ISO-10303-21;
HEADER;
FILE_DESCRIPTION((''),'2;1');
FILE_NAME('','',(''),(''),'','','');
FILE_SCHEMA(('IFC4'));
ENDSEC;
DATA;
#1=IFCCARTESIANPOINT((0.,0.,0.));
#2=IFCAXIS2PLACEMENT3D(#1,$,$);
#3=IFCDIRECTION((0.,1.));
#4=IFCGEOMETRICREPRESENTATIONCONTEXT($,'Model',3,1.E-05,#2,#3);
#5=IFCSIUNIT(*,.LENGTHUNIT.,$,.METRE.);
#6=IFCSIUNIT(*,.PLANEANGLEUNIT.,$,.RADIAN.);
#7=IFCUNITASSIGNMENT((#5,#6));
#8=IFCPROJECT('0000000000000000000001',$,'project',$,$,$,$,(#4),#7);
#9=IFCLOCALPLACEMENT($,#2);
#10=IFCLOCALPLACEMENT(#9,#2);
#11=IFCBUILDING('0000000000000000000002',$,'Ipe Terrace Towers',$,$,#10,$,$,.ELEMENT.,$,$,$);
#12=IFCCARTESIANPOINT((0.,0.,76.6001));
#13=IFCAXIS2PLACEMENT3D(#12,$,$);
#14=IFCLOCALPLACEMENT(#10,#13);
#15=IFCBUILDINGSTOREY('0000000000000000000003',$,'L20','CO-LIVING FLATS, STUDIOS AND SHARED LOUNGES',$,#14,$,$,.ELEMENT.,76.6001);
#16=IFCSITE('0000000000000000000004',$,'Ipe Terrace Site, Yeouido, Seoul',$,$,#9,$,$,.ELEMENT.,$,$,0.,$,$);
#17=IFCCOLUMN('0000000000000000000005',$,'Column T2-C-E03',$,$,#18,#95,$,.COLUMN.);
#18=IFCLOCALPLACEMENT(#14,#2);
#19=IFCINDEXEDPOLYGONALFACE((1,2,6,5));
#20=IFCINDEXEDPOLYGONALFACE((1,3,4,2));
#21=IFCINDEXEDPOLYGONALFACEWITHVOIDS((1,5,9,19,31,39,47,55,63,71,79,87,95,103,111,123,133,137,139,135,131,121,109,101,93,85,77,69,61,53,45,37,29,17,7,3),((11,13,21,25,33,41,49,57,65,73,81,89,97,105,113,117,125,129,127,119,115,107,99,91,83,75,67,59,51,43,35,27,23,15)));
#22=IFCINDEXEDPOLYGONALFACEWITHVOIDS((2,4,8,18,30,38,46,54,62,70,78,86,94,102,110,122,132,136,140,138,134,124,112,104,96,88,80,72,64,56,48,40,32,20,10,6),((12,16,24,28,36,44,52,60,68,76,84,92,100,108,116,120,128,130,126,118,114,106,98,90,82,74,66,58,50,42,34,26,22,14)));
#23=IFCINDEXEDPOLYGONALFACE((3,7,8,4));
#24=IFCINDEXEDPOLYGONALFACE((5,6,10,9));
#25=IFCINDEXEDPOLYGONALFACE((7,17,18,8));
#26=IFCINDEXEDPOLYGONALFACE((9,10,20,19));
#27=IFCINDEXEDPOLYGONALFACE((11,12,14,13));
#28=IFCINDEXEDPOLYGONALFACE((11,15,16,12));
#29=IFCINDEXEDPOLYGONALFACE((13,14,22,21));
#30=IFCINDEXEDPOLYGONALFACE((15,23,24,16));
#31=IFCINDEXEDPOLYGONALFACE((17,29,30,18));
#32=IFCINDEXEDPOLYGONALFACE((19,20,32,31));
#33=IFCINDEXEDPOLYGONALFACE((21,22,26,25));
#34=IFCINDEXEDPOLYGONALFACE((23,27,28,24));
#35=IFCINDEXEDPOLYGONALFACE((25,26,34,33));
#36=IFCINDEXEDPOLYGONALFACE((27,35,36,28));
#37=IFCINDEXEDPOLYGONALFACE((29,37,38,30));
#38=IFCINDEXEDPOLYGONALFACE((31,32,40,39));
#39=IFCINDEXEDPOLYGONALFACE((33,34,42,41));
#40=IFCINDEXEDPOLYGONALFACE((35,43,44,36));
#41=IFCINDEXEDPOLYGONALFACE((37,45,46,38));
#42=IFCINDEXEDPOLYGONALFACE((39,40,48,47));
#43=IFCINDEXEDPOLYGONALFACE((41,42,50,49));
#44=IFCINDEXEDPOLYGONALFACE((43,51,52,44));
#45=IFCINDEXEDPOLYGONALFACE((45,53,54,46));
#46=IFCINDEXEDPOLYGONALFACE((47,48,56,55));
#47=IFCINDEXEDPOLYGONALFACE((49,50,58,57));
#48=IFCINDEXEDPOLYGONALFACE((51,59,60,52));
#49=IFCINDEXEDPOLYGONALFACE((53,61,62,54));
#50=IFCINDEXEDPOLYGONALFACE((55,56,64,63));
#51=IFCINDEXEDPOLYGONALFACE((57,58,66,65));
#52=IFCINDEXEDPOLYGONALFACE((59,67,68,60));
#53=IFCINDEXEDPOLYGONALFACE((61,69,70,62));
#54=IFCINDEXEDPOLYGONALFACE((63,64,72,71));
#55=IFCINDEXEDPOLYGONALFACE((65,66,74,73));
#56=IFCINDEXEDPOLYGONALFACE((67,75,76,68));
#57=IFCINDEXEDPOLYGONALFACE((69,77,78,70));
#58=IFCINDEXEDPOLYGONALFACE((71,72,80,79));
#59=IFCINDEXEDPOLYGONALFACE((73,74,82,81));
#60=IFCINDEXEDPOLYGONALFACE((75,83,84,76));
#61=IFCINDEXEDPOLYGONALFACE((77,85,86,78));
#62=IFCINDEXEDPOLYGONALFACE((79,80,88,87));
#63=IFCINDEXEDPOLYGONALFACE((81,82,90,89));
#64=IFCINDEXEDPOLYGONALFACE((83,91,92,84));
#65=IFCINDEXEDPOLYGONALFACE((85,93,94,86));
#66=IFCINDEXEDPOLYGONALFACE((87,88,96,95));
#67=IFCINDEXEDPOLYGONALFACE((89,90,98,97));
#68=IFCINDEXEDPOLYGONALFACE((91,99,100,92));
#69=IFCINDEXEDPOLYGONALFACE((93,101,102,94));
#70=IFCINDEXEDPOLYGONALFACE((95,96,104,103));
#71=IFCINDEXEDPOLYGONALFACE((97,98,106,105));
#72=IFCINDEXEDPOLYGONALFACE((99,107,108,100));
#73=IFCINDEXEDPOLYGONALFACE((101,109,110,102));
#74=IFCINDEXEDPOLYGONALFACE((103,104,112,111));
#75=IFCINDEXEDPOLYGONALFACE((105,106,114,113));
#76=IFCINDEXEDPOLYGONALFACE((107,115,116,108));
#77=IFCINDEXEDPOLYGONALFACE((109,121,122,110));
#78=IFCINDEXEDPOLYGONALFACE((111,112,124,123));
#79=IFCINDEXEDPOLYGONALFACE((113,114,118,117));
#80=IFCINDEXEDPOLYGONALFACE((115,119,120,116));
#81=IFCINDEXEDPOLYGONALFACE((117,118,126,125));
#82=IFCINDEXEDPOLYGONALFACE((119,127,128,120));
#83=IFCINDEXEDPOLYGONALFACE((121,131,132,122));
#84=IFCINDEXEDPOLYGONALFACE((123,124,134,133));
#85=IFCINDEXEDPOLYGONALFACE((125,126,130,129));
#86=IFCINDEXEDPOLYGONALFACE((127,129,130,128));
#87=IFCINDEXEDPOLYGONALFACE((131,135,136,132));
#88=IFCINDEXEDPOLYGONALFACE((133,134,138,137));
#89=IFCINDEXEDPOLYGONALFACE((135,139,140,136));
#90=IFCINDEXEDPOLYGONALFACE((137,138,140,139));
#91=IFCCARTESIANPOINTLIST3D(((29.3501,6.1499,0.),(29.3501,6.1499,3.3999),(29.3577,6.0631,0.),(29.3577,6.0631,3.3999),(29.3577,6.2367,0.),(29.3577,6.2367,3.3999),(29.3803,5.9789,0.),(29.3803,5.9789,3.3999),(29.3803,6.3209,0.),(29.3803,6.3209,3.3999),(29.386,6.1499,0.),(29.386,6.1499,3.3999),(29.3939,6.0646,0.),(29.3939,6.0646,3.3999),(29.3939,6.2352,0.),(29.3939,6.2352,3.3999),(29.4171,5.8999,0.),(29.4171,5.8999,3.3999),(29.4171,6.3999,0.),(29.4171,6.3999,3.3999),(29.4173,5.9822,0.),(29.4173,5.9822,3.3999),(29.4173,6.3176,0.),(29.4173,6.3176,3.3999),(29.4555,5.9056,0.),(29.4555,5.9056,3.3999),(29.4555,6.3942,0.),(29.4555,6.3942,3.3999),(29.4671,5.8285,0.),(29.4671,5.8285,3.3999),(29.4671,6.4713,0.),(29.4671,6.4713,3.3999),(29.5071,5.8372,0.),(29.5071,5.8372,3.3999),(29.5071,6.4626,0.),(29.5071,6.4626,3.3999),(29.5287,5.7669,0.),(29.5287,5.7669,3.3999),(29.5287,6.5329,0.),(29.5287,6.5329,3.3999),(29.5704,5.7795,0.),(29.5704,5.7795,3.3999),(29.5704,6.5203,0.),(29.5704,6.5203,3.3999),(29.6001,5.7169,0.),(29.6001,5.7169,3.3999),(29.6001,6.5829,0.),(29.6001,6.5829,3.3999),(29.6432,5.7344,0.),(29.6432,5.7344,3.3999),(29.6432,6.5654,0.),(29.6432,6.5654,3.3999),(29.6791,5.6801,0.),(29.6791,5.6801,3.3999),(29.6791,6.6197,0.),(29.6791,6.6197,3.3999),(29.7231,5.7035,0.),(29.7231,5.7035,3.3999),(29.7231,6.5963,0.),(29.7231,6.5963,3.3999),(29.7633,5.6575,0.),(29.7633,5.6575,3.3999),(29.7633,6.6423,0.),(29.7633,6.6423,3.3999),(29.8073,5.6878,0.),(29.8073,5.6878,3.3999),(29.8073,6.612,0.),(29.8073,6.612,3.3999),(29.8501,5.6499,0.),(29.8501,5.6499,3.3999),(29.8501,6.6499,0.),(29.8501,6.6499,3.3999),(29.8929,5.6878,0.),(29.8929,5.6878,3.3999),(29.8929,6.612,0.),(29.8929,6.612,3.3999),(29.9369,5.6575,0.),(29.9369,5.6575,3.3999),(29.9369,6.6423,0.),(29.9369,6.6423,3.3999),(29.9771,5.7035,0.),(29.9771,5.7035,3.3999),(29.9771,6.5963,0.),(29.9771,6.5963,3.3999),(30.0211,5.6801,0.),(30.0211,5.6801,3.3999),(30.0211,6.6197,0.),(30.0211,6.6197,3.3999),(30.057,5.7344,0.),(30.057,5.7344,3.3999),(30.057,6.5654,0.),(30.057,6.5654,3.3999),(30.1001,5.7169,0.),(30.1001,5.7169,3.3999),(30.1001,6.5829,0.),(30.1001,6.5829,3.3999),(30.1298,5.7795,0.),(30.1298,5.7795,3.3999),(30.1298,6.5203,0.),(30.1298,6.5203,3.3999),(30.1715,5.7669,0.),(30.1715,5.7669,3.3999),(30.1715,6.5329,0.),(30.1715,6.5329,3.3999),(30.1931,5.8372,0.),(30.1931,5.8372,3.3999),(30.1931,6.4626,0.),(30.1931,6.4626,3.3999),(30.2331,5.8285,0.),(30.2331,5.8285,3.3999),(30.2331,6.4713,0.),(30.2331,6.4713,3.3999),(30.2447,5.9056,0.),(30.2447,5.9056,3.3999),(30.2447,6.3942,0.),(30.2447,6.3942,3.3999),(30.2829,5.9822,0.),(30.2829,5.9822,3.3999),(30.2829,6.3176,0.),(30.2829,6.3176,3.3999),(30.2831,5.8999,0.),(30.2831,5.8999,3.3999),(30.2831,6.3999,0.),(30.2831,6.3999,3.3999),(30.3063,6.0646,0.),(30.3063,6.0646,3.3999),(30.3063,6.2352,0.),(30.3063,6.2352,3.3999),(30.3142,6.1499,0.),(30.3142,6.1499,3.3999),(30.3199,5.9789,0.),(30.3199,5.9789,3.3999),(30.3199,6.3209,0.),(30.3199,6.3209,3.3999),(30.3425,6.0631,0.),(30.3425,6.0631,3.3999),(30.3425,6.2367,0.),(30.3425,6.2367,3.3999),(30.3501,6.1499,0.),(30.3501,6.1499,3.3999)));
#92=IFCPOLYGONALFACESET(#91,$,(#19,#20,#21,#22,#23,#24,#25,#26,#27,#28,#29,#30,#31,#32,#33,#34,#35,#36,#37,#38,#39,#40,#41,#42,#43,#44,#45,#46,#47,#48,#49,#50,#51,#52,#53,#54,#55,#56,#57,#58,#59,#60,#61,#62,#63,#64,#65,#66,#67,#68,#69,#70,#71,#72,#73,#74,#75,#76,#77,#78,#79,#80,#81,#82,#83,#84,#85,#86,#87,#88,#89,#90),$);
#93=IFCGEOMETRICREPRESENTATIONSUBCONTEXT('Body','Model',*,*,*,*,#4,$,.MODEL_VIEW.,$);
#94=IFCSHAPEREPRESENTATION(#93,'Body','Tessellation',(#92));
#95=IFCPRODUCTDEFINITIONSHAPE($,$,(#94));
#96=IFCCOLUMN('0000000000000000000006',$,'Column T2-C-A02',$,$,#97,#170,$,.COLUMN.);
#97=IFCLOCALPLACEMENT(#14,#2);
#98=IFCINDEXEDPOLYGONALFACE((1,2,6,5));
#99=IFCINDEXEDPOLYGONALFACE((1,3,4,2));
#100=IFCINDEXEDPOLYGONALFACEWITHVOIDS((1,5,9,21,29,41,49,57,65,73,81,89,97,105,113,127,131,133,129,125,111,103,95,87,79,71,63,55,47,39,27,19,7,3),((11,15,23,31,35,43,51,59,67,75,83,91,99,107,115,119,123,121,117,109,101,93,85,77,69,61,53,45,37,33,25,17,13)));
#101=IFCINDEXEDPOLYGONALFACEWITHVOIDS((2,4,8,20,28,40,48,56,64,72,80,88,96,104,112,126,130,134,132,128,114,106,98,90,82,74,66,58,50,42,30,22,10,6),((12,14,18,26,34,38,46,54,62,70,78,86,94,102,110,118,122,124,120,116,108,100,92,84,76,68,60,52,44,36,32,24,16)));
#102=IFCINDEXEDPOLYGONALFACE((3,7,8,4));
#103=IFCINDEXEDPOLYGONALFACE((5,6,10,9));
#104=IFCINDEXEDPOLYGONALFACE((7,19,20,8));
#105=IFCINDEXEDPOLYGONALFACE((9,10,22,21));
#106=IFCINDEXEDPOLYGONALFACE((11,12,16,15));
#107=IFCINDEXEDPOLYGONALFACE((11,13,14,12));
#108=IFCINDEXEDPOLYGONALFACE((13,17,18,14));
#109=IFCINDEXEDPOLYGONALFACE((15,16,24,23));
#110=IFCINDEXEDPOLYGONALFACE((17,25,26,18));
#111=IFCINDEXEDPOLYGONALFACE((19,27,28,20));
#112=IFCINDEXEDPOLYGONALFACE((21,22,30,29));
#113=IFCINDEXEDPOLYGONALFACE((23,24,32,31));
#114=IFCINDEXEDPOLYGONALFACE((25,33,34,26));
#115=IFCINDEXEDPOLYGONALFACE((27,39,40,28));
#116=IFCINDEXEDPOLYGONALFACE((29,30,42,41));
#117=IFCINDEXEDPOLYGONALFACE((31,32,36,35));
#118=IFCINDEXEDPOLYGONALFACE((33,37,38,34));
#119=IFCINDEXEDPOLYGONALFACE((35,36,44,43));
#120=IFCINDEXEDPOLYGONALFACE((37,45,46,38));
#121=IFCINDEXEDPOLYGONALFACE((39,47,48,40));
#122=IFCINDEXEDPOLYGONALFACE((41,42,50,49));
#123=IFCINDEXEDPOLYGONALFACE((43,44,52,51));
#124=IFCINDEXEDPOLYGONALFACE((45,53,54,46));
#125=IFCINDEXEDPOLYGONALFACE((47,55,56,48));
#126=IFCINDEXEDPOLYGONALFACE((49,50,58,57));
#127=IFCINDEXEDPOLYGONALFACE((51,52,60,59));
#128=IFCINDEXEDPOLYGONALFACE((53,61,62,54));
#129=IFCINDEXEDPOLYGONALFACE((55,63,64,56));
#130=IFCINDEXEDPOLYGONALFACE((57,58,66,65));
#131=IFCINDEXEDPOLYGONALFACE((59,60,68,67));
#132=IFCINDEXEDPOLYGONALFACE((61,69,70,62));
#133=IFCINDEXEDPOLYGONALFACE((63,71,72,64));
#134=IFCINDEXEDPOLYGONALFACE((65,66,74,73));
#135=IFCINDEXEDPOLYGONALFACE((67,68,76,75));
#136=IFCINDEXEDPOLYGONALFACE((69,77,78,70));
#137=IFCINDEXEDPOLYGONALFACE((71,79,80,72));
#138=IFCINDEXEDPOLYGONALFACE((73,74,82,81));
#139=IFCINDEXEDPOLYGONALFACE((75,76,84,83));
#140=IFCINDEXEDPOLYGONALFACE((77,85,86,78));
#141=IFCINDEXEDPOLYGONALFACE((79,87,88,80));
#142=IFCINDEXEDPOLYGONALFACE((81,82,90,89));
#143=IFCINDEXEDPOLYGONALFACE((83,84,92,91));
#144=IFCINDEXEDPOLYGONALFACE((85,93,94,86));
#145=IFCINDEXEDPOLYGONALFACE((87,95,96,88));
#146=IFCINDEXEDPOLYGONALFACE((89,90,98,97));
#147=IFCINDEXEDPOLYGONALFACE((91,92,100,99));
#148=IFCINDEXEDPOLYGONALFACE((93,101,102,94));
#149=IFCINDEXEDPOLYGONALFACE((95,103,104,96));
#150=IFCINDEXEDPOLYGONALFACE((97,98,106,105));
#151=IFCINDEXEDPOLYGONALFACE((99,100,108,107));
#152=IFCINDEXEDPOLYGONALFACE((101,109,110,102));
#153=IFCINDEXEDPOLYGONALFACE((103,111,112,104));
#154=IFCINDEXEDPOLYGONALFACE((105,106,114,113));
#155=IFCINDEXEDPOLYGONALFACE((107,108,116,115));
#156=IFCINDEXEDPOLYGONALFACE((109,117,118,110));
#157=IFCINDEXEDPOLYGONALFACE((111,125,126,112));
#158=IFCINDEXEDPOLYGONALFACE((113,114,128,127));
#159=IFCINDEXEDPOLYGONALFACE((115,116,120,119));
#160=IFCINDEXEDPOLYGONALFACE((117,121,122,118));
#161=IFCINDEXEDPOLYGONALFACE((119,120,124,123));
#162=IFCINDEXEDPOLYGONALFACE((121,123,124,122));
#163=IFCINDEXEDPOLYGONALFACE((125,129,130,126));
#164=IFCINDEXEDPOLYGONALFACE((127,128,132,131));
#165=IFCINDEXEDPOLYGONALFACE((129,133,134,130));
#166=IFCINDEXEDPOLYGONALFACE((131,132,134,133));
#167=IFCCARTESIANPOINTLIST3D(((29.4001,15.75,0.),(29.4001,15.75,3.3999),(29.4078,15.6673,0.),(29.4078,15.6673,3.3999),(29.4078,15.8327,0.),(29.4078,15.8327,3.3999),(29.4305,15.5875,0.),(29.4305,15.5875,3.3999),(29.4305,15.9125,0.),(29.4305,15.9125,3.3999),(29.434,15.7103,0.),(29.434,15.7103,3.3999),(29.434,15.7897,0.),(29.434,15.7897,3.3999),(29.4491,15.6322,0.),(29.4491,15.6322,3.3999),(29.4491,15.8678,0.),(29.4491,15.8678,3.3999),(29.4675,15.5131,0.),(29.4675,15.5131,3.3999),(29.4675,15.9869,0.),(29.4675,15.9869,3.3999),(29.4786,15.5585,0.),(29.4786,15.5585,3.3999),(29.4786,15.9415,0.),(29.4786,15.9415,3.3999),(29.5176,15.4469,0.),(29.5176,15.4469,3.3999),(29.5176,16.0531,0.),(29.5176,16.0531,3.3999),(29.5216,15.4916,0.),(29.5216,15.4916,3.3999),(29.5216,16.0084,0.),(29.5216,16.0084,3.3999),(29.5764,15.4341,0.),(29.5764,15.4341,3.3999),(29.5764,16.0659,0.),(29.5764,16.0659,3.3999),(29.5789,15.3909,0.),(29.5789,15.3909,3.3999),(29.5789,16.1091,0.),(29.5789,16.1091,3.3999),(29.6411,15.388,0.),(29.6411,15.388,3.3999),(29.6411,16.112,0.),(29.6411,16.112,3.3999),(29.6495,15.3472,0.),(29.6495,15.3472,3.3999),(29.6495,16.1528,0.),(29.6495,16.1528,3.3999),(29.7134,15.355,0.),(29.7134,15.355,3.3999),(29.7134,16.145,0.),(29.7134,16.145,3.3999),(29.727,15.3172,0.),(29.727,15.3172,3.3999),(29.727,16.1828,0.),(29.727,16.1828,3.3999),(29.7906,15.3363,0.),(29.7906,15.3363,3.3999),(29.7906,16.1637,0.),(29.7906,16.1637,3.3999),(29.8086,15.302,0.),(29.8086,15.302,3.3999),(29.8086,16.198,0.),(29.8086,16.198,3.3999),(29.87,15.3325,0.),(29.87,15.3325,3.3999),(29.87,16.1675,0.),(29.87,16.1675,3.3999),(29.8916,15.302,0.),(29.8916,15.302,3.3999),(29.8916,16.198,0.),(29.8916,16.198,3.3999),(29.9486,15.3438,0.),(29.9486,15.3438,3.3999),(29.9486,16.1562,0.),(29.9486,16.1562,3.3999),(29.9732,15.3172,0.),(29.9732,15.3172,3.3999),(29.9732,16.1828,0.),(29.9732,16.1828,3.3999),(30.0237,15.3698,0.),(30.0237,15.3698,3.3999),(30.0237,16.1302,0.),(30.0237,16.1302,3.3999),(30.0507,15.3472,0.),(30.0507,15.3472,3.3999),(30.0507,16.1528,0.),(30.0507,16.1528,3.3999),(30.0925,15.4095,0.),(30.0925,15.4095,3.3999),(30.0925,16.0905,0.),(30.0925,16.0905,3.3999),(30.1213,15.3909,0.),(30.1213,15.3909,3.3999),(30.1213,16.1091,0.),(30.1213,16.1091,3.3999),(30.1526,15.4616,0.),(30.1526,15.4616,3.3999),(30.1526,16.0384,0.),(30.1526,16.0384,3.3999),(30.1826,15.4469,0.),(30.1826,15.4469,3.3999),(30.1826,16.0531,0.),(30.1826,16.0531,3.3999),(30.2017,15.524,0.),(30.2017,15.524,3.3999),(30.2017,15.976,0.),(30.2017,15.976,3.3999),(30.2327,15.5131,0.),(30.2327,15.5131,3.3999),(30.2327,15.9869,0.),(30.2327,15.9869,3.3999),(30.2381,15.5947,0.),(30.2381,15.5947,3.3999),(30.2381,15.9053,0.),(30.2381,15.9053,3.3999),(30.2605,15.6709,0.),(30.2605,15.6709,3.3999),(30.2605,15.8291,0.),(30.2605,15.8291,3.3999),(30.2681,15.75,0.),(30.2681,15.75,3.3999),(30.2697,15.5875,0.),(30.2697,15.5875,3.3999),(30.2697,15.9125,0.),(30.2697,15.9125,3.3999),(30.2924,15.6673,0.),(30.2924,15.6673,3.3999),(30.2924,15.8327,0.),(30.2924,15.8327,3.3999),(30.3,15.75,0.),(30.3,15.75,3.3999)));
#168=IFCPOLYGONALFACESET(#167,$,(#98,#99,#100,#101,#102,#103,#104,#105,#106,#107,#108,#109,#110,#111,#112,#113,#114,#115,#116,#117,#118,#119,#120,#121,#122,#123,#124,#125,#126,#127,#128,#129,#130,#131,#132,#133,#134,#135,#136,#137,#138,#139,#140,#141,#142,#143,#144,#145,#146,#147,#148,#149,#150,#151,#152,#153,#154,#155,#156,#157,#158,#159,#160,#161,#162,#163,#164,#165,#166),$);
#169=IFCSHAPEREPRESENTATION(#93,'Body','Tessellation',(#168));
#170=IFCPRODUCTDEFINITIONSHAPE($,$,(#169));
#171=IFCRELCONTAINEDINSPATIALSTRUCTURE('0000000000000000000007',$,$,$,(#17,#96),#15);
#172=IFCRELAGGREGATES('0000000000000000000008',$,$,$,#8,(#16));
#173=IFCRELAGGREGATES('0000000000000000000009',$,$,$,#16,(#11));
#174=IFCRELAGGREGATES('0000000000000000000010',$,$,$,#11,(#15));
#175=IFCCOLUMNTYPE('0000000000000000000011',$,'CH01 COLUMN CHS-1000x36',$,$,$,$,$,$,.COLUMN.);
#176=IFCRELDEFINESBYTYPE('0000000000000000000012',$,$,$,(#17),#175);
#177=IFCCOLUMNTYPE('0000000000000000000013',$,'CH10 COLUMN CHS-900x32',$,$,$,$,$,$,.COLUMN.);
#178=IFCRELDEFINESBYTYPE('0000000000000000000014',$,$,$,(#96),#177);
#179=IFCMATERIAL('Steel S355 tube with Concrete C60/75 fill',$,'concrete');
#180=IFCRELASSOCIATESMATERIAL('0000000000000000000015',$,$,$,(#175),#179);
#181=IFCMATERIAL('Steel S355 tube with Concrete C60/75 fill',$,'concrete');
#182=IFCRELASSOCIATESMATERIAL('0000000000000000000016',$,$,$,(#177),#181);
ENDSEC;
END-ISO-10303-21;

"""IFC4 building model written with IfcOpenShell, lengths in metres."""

from ifc_helpers import new_model, si_unit, direction, frame, origin, origin_2d, place, context, subcontext, project, spatial, hollow_circle, extrude, material, material_profile, profile_set, type_object, element, save


model = new_model("IFC4")

# Units and contexts
model_context = context("Model", 3, precision=1e-05, world=origin(), true_north=direction((0.0, 1.0)))
body_context = subcontext(model_context, "Body", "Model", "MODEL_VIEW")
ifc_project = project(units=[si_unit("LENGTHUNIT", "METRE"), si_unit("PLANEANGLEUNIT", "RADIAN")], contexts=[model_context])

# Site, building, storey
site_placement = place(None, origin())
site = spatial("IfcSite", under=ifc_project, at=site_placement, Name="Ipe Terrace Site, Yeouido, Seoul", CompositionType="ELEMENT", RefElevation=0.0)
building_placement = place(site_placement, origin())
building = spatial("IfcBuilding", under=site, at=building_placement, Name="Ipe Terrace Towers", CompositionType="ELEMENT")
storey_placement = place(building_placement, frame((0.0, 0.0, 76.6001)))
storey = spatial("IfcBuildingStorey", under=building, at=storey_placement, Name="L20", Description="CO-LIVING FLATS, STUDIOS AND SHARED LOUNGES", CompositionType="ELEMENT", Elevation=76.6001)

# Columns
ifc_material_1 = material(Name="Steel S355 tube with Concrete C60/75 fill", Category="concrete")
ifc_material_profile_1 = material_profile(ifc_material_1, hollow_circle(Radius=0.5, WallThickness=0.0359, at=origin_2d()), Name="CHS-1000x36")
ifc_profile_set_1 = profile_set([ifc_material_profile_1], Name="Steel S355 tube with Concrete C60/75 fill")
column_type_1 = type_object("IfcColumnType", Name="CH01 COLUMN CHS-1000x36", PredefinedType="COLUMN", material=ifc_profile_set_1)
column_placement = place(storey_placement, frame((29.8501, 6.1499, 0.0), z_axis=(0.0, 0.0, 1.0), x_axis=(1.0, 0.0, 0.0)))
element("IfcColumn", 1, at=column_placement, inside=storey, type_object=column_type_1, Name="Column T2-C-E03", PredefinedType="COLUMN", context=body_context, shape_type="SweptSolid", body=[
    extrude(hollow_circle(Radius=0.5, WallThickness=0.0359, at=origin_2d()), origin(), (0.0, 0.0, 1.0), 3.3999),
])
ifc_material_2 = material(Name="Steel S355 tube with Concrete C60/75 fill", Category="concrete")
ifc_material_profile_2 = material_profile(ifc_material_2, hollow_circle(Radius=0.45, WallThickness=0.032, at=origin_2d()), Name="CHS-900x32")
ifc_profile_set_2 = profile_set([ifc_material_profile_2], Name="Steel S355 tube with Concrete C60/75 fill")
column_type_2 = type_object("IfcColumnType", Name="CH10 COLUMN CHS-900x32", PredefinedType="COLUMN", material=ifc_profile_set_2)
for number, where, z_axis, x_axis, name in (
    (2, (29.8501, 15.75, 0.0), (0.0, 0.0, 1.0), (1.0, 0.0, 0.0), "Column T2-C-A02"),
):
    element("IfcColumn", number, at=place(storey_placement, frame(where, z_axis=z_axis, x_axis=x_axis)), inside=storey, type_object=column_type_2, Name=name, PredefinedType="COLUMN", context=body_context, shape_type="SweptSolid", body=[
        extrude(hollow_circle(Radius=0.45, WallThickness=0.032, at=origin_2d()), origin(), (0.0, 0.0, 1.0), 3.3999),
    ])

save(model, "model.ifc")
